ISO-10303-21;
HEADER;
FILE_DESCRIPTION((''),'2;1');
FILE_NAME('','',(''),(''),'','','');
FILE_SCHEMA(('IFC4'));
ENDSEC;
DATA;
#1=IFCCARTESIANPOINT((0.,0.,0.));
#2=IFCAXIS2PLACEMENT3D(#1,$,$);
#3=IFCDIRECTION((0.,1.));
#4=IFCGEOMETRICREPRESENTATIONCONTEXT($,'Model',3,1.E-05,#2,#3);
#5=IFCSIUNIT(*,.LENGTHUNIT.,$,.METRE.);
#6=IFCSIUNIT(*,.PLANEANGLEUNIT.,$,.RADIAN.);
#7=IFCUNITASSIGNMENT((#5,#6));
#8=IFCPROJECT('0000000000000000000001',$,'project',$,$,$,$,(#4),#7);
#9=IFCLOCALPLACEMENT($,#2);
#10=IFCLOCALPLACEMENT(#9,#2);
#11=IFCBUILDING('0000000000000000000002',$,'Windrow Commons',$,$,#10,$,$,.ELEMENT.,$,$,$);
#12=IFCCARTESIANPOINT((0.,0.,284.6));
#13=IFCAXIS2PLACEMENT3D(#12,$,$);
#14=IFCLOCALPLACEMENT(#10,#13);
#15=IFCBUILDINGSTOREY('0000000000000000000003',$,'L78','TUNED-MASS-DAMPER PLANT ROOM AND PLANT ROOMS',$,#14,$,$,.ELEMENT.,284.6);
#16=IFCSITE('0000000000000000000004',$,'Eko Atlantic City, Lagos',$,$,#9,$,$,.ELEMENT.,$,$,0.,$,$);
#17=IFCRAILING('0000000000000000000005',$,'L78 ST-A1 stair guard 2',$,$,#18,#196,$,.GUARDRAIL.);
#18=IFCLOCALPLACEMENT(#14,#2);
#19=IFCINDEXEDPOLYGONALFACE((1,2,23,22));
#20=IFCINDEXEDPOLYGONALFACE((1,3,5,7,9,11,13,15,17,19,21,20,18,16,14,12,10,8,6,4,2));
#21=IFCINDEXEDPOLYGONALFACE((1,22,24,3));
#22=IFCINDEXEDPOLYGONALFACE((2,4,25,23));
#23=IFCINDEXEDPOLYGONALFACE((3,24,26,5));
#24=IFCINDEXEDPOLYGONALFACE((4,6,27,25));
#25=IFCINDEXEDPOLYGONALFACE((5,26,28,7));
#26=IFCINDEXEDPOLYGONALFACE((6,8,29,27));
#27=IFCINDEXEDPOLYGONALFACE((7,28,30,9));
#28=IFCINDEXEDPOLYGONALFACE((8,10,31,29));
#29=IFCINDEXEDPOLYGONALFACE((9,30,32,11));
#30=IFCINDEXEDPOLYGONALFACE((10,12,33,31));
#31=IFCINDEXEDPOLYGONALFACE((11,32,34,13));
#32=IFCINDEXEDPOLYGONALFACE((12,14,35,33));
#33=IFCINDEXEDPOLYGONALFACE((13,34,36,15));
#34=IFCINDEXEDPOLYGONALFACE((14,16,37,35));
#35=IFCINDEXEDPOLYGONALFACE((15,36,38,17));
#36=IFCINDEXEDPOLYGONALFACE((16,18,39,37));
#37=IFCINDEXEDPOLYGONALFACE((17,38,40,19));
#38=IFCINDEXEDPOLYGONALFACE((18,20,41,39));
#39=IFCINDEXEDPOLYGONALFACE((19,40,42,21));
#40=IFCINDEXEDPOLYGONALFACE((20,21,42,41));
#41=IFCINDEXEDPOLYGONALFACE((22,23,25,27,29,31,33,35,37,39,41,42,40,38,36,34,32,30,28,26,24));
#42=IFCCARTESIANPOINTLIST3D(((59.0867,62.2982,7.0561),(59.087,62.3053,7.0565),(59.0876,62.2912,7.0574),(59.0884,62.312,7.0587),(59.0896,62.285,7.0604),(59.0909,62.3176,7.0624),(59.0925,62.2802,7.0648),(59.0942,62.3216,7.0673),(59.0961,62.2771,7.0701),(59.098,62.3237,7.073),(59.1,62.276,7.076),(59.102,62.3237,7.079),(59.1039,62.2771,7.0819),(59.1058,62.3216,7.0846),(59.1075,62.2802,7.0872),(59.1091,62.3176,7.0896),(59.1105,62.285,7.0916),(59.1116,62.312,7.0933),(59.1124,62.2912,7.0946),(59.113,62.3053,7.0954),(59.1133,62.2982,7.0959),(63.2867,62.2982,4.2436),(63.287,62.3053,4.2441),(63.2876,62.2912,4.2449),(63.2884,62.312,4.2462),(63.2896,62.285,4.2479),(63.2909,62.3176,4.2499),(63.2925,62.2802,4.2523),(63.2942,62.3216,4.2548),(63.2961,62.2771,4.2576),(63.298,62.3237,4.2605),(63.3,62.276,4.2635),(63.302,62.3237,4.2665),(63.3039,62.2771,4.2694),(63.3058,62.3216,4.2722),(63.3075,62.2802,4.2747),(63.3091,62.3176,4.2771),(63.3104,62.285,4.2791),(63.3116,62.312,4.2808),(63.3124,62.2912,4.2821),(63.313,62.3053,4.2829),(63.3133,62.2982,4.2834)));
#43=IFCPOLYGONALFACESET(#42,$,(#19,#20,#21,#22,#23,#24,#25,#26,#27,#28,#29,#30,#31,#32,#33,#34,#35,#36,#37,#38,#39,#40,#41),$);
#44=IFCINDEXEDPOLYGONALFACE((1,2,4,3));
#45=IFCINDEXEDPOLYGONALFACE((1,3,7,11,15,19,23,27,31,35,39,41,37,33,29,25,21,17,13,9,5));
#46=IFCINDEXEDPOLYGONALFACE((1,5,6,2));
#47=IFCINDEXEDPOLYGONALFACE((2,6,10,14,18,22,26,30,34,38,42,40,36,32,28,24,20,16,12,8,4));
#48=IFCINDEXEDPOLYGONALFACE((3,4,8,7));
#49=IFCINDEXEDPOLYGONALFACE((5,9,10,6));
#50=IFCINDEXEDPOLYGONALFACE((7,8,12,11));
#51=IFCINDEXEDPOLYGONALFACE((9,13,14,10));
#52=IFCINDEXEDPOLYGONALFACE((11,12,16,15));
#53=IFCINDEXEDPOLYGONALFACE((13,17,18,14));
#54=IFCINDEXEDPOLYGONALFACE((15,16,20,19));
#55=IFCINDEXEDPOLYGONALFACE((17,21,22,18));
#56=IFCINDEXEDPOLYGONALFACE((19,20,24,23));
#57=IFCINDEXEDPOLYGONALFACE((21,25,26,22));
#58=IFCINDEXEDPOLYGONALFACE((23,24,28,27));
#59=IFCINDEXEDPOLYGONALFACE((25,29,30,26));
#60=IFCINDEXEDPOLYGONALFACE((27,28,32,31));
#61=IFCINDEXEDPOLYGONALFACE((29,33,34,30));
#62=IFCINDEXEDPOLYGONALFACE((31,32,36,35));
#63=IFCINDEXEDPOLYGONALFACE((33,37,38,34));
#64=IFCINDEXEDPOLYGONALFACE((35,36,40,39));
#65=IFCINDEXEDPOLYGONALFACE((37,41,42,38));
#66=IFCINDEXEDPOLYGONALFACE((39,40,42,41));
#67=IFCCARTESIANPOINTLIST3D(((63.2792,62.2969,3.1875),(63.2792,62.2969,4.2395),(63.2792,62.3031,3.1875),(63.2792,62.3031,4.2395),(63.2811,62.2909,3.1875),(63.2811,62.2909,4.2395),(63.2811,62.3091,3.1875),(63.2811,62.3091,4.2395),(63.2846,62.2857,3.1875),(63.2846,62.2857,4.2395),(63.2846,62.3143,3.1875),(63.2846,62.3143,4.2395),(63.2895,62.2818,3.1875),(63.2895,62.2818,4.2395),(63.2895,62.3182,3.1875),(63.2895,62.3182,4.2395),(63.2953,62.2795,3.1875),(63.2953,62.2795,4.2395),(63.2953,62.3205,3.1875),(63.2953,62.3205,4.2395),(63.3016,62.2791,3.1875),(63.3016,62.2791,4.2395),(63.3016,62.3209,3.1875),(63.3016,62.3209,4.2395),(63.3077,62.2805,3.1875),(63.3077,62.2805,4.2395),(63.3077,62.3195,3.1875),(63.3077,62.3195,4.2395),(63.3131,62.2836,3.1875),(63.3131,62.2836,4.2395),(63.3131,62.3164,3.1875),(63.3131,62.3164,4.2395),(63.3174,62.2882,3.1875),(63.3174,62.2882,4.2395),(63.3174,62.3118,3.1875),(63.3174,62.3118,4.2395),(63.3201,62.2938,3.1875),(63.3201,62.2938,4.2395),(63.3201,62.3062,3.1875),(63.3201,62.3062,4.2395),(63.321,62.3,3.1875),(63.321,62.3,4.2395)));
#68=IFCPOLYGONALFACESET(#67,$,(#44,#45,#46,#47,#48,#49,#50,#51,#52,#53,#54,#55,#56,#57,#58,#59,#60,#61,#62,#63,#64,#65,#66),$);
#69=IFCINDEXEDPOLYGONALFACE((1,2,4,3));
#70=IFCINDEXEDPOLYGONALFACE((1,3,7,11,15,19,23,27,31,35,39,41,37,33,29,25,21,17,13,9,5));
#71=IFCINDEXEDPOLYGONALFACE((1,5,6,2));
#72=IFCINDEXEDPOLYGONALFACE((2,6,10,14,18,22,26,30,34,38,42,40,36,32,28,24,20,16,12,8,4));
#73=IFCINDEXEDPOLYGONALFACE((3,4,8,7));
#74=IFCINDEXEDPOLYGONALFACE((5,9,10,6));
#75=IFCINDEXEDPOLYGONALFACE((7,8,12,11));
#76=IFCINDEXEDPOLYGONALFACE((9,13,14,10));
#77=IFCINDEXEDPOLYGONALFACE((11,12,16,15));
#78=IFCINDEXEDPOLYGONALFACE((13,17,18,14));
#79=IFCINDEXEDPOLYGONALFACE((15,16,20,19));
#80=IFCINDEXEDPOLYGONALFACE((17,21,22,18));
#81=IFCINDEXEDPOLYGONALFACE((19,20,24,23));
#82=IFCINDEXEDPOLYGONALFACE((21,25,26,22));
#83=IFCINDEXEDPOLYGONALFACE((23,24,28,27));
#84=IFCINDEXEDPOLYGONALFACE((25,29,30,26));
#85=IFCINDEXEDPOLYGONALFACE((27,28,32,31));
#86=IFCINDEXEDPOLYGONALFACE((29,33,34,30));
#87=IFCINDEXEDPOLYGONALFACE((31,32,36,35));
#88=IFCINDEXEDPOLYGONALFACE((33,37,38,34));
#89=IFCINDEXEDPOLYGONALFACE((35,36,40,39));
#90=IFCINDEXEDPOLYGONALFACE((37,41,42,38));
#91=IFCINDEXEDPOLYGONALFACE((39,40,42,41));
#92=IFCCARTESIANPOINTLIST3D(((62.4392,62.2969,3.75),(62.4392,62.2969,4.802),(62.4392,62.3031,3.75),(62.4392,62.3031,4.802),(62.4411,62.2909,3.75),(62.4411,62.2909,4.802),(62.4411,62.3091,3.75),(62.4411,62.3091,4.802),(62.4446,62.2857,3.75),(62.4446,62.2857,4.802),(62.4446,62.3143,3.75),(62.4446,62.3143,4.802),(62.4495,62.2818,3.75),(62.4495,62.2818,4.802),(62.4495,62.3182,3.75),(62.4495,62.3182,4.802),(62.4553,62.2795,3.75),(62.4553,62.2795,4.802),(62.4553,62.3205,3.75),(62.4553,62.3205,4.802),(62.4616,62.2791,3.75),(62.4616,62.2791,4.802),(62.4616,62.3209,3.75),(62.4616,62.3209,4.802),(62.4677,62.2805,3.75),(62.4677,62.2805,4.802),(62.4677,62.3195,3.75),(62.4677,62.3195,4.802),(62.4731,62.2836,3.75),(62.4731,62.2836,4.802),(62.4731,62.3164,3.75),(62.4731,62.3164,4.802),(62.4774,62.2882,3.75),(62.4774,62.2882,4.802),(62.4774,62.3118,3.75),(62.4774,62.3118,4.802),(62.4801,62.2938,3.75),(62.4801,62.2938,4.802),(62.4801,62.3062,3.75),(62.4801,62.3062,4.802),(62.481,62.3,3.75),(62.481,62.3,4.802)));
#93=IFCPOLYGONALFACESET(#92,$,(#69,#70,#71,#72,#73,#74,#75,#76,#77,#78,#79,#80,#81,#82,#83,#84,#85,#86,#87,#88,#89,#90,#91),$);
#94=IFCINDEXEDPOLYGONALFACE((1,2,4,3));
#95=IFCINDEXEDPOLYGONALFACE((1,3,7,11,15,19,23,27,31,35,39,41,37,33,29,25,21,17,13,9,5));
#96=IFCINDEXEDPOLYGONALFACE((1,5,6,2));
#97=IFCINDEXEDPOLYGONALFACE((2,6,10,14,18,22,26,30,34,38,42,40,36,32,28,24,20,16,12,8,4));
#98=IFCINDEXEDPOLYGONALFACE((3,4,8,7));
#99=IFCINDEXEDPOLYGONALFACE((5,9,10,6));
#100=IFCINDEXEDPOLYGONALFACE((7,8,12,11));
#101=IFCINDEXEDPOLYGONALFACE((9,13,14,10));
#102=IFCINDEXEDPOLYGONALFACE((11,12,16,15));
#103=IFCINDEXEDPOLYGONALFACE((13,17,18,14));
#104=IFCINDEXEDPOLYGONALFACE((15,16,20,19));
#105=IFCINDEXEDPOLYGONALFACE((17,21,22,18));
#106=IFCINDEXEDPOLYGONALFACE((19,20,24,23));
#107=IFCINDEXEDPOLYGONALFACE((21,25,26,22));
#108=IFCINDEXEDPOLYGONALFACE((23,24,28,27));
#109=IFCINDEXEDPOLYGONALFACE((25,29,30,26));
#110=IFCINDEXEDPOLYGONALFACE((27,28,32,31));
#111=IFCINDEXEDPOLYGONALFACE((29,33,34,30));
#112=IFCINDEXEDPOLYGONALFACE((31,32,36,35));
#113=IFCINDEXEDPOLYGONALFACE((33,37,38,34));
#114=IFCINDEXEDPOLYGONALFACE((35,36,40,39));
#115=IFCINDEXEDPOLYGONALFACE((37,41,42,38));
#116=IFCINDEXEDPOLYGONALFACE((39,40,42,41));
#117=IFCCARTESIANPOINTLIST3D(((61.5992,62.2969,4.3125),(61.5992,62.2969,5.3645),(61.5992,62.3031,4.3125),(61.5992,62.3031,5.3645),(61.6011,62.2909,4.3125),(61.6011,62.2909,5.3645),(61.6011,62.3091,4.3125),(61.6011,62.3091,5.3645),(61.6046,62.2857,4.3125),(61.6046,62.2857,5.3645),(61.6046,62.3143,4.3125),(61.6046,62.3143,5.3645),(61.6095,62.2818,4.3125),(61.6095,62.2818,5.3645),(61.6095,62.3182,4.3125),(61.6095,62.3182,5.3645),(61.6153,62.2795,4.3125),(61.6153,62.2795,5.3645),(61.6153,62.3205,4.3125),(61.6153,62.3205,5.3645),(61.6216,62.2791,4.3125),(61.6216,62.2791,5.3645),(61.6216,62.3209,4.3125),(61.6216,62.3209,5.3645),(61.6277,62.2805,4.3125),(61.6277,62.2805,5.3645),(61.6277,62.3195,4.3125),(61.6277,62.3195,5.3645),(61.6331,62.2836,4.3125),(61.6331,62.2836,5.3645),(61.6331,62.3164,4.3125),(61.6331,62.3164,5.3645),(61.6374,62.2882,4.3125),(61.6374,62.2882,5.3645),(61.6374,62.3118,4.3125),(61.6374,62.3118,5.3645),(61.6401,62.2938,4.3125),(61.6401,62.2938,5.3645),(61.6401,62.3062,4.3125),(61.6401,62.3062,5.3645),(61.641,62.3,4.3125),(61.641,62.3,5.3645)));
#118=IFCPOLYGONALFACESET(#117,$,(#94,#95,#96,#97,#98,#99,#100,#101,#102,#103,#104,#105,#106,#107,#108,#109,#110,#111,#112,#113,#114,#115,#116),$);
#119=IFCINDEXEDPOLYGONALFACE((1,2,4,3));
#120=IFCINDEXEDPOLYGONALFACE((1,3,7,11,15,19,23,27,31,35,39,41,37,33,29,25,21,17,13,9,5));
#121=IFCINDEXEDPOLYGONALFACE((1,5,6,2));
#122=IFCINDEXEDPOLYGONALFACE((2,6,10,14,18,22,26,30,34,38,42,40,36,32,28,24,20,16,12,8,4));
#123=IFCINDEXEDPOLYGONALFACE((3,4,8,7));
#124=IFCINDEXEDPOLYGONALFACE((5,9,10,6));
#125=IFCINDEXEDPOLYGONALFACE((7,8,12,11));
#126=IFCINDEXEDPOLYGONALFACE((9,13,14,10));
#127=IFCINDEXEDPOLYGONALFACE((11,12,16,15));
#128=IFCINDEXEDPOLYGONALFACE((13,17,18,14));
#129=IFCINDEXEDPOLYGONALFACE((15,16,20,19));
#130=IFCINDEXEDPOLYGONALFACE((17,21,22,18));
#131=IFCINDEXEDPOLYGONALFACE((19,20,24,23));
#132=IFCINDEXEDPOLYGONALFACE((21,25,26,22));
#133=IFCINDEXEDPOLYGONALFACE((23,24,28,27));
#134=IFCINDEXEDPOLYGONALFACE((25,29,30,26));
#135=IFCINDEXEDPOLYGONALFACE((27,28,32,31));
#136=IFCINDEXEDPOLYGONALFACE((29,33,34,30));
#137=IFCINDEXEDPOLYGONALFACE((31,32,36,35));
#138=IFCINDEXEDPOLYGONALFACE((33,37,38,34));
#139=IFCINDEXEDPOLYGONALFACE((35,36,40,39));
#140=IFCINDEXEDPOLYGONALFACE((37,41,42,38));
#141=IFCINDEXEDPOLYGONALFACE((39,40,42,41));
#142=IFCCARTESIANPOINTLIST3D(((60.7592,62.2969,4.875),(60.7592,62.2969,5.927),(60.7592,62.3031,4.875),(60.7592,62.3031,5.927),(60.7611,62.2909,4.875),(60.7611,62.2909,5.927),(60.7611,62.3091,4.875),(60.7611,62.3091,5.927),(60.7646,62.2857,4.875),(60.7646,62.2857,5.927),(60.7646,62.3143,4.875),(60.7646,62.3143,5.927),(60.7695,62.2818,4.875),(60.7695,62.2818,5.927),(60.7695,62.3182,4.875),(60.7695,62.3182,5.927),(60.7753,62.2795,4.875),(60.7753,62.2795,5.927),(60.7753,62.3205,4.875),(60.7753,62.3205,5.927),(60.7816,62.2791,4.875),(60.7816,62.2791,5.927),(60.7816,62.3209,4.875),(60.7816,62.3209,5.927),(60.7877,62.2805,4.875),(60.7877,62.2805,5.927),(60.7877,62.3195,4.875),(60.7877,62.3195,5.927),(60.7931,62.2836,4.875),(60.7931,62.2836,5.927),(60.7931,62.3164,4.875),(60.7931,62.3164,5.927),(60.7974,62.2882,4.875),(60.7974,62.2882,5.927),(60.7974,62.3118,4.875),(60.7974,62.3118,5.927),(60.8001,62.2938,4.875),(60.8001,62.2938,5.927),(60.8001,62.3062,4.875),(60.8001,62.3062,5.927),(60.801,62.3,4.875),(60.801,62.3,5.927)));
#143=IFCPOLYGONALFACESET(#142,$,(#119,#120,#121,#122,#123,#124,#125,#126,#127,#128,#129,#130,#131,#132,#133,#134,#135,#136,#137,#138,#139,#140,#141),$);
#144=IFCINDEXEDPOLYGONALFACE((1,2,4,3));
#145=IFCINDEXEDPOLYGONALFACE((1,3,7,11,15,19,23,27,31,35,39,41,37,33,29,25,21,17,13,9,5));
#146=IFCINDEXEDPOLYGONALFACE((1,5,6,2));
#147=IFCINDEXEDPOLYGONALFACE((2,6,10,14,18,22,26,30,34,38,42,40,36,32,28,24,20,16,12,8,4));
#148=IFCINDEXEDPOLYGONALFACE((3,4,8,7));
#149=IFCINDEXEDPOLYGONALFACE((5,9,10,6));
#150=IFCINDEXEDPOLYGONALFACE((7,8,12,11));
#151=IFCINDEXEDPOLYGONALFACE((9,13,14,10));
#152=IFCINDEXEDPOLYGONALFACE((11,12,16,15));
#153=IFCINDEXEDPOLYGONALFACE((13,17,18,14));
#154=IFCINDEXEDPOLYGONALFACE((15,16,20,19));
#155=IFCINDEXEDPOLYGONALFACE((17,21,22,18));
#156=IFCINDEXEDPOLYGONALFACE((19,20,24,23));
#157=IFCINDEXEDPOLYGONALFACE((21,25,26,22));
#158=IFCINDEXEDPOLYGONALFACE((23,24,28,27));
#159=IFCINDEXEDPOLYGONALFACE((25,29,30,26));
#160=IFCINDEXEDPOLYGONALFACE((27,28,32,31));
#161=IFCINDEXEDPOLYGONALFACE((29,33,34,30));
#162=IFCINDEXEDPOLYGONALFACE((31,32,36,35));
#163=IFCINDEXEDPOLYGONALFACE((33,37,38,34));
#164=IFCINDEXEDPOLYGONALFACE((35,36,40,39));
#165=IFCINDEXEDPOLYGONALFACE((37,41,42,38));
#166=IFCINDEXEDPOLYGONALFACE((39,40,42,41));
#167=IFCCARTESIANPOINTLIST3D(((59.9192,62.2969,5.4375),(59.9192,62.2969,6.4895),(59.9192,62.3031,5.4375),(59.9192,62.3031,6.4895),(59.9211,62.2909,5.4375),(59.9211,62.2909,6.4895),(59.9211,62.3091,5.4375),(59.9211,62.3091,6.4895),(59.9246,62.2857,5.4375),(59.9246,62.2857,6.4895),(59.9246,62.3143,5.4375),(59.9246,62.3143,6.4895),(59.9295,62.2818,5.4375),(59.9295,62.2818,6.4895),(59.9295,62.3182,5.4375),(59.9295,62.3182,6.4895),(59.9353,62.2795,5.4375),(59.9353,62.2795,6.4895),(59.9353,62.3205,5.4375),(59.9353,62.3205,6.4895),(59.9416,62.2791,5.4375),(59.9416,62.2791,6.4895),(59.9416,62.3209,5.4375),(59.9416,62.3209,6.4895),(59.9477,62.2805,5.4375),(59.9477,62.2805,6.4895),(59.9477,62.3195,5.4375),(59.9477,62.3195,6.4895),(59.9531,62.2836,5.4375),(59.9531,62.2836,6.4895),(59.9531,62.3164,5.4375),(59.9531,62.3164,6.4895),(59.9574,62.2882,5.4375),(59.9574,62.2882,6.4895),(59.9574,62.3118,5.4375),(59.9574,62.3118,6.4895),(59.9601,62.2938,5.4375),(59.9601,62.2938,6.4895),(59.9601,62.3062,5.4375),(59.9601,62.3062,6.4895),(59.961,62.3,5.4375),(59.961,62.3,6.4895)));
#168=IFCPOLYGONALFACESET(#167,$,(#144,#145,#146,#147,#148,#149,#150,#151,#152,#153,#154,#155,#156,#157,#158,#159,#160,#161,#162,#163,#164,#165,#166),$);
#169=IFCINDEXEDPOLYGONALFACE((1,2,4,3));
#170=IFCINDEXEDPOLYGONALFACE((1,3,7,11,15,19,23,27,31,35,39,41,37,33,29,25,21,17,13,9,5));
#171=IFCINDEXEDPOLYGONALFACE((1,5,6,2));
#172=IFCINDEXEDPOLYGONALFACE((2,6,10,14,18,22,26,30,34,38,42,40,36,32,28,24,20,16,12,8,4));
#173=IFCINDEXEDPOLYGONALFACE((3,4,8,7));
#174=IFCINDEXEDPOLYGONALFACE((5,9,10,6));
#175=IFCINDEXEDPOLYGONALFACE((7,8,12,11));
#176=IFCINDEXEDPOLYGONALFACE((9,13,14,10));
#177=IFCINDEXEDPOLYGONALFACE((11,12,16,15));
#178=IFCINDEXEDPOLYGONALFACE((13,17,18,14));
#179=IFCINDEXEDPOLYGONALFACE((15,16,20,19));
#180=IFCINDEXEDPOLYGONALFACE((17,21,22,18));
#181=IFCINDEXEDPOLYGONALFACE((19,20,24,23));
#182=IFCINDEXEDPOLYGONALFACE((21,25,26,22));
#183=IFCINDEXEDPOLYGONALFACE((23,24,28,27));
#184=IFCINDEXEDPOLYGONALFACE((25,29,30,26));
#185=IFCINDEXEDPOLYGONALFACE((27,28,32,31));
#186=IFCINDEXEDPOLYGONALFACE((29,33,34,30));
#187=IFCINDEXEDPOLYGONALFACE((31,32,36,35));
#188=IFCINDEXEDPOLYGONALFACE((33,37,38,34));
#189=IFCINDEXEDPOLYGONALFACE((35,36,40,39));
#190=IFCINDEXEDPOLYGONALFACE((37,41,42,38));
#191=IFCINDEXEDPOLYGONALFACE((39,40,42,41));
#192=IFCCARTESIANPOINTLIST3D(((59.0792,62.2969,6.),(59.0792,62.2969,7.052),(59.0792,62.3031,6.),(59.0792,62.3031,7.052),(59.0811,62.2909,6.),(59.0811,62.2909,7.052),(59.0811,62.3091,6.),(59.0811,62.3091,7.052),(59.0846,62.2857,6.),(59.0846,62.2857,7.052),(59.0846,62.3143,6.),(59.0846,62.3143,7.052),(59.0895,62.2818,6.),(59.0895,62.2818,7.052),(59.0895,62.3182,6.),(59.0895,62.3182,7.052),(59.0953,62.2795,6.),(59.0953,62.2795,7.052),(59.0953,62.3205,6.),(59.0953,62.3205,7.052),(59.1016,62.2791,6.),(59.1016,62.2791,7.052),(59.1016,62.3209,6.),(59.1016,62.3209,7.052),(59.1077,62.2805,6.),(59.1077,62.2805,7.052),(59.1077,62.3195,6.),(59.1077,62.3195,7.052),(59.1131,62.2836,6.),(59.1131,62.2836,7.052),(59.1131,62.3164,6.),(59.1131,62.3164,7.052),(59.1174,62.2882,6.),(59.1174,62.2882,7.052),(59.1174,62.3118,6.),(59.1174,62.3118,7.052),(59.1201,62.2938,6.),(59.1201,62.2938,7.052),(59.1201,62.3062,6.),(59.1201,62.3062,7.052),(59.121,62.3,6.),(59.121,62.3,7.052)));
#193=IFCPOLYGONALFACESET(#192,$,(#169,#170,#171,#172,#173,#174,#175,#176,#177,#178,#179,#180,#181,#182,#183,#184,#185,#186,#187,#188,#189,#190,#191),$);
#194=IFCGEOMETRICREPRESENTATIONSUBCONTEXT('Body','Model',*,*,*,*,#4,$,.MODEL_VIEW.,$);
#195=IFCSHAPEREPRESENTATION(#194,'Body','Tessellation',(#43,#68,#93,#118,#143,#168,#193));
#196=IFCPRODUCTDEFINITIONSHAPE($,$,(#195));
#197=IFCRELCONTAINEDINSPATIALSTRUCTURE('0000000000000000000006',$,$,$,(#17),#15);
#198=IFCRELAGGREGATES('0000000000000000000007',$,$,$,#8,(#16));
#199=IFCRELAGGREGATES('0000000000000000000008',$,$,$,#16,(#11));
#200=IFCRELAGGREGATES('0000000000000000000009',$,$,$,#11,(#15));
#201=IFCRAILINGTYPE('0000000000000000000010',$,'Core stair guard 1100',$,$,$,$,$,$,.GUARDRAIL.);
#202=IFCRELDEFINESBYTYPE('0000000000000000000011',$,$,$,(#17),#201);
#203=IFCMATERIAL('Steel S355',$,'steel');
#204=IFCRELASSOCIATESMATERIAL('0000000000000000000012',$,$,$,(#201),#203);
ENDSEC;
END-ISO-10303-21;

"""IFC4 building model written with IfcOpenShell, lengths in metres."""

from ifc_helpers import new_model, si_unit, direction, frame, origin, origin_2d, place, context, subcontext, project, spatial, circle, extrude, material, type_object, element, save


model = new_model("IFC4")

# Units and contexts
model_context = context("Model", 3, precision=1e-05, world=origin(), true_north=direction((0.0, 1.0)))
body_context = subcontext(model_context, "Body", "Model", "MODEL_VIEW")
ifc_project = project(units=[si_unit("LENGTHUNIT", "METRE"), si_unit("PLANEANGLEUNIT", "RADIAN")], contexts=[model_context])

# Site, building, storey
site_placement = place(None, origin())
site = spatial("IfcSite", under=ifc_project, at=site_placement, Name="Eko Atlantic City, Lagos", CompositionType="ELEMENT", RefElevation=0.0)
building_placement = place(site_placement, origin())
building = spatial("IfcBuilding", under=site, at=building_placement, Name="Windrow Commons", CompositionType="ELEMENT")
storey_placement = place(building_placement, frame((0.0, 0.0, 284.6)))
storey = spatial("IfcBuildingStorey", under=building, at=storey_placement, Name="L78", Description="TUNED-MASS-DAMPER PLANT ROOM AND PLANT ROOMS", CompositionType="ELEMENT", Elevation=284.6)

# Railing
ifc_material_1 = material(Name="Steel S355", Category="steel")
railing_type_1 = type_object("IfcRailingType", Name="Core stair guard 1100", PredefinedType="GUARDRAIL", material=ifc_material_1)
railing_1_placement = place(storey_placement, frame((63.3, 62.3, 3.1875)))
element("IfcRailing", 1, at=railing_1_placement, inside=storey, type_object=railing_type_1, Name="L78 ST-A1 stair guard 2", PredefinedType="GUARDRAIL", context=body_context, shape_type="SweptSolid", body=[
    extrude(circle(Radius=0.024, at=origin_2d()), frame((0.0, 0.0, 1.076), z_axis=(-0.830907, 0.0, 0.556411), x_axis=(0.0, -1.0, 0.0)), (0.0, 0.0, 1.0), 5.0547),
    extrude(circle(Radius=0.021, at=origin_2d()), origin(), (0.0, 0.0, 1.0), 1.052),
    extrude(circle(Radius=0.021, at=origin_2d()), frame((-0.84, 0.0, 0.5625)), (0.0, 0.0, 1.0), 1.052),
    extrude(circle(Radius=0.021, at=origin_2d()), frame((-1.68, 0.0, 1.125)), (0.0, 0.0, 1.0), 1.052),
    extrude(circle(Radius=0.021, at=origin_2d()), frame((-2.52, 0.0, 1.6875)), (0.0, 0.0, 1.0), 1.052),
    extrude(circle(Radius=0.021, at=origin_2d()), frame((-3.36, 0.0, 2.25)), (0.0, 0.0, 1.0), 1.052),
    extrude(circle(Radius=0.021, at=origin_2d()), frame((-4.2, 0.0, 2.8125)), (0.0, 0.0, 1.0), 1.052),
])

save(model, "model.ifc")
